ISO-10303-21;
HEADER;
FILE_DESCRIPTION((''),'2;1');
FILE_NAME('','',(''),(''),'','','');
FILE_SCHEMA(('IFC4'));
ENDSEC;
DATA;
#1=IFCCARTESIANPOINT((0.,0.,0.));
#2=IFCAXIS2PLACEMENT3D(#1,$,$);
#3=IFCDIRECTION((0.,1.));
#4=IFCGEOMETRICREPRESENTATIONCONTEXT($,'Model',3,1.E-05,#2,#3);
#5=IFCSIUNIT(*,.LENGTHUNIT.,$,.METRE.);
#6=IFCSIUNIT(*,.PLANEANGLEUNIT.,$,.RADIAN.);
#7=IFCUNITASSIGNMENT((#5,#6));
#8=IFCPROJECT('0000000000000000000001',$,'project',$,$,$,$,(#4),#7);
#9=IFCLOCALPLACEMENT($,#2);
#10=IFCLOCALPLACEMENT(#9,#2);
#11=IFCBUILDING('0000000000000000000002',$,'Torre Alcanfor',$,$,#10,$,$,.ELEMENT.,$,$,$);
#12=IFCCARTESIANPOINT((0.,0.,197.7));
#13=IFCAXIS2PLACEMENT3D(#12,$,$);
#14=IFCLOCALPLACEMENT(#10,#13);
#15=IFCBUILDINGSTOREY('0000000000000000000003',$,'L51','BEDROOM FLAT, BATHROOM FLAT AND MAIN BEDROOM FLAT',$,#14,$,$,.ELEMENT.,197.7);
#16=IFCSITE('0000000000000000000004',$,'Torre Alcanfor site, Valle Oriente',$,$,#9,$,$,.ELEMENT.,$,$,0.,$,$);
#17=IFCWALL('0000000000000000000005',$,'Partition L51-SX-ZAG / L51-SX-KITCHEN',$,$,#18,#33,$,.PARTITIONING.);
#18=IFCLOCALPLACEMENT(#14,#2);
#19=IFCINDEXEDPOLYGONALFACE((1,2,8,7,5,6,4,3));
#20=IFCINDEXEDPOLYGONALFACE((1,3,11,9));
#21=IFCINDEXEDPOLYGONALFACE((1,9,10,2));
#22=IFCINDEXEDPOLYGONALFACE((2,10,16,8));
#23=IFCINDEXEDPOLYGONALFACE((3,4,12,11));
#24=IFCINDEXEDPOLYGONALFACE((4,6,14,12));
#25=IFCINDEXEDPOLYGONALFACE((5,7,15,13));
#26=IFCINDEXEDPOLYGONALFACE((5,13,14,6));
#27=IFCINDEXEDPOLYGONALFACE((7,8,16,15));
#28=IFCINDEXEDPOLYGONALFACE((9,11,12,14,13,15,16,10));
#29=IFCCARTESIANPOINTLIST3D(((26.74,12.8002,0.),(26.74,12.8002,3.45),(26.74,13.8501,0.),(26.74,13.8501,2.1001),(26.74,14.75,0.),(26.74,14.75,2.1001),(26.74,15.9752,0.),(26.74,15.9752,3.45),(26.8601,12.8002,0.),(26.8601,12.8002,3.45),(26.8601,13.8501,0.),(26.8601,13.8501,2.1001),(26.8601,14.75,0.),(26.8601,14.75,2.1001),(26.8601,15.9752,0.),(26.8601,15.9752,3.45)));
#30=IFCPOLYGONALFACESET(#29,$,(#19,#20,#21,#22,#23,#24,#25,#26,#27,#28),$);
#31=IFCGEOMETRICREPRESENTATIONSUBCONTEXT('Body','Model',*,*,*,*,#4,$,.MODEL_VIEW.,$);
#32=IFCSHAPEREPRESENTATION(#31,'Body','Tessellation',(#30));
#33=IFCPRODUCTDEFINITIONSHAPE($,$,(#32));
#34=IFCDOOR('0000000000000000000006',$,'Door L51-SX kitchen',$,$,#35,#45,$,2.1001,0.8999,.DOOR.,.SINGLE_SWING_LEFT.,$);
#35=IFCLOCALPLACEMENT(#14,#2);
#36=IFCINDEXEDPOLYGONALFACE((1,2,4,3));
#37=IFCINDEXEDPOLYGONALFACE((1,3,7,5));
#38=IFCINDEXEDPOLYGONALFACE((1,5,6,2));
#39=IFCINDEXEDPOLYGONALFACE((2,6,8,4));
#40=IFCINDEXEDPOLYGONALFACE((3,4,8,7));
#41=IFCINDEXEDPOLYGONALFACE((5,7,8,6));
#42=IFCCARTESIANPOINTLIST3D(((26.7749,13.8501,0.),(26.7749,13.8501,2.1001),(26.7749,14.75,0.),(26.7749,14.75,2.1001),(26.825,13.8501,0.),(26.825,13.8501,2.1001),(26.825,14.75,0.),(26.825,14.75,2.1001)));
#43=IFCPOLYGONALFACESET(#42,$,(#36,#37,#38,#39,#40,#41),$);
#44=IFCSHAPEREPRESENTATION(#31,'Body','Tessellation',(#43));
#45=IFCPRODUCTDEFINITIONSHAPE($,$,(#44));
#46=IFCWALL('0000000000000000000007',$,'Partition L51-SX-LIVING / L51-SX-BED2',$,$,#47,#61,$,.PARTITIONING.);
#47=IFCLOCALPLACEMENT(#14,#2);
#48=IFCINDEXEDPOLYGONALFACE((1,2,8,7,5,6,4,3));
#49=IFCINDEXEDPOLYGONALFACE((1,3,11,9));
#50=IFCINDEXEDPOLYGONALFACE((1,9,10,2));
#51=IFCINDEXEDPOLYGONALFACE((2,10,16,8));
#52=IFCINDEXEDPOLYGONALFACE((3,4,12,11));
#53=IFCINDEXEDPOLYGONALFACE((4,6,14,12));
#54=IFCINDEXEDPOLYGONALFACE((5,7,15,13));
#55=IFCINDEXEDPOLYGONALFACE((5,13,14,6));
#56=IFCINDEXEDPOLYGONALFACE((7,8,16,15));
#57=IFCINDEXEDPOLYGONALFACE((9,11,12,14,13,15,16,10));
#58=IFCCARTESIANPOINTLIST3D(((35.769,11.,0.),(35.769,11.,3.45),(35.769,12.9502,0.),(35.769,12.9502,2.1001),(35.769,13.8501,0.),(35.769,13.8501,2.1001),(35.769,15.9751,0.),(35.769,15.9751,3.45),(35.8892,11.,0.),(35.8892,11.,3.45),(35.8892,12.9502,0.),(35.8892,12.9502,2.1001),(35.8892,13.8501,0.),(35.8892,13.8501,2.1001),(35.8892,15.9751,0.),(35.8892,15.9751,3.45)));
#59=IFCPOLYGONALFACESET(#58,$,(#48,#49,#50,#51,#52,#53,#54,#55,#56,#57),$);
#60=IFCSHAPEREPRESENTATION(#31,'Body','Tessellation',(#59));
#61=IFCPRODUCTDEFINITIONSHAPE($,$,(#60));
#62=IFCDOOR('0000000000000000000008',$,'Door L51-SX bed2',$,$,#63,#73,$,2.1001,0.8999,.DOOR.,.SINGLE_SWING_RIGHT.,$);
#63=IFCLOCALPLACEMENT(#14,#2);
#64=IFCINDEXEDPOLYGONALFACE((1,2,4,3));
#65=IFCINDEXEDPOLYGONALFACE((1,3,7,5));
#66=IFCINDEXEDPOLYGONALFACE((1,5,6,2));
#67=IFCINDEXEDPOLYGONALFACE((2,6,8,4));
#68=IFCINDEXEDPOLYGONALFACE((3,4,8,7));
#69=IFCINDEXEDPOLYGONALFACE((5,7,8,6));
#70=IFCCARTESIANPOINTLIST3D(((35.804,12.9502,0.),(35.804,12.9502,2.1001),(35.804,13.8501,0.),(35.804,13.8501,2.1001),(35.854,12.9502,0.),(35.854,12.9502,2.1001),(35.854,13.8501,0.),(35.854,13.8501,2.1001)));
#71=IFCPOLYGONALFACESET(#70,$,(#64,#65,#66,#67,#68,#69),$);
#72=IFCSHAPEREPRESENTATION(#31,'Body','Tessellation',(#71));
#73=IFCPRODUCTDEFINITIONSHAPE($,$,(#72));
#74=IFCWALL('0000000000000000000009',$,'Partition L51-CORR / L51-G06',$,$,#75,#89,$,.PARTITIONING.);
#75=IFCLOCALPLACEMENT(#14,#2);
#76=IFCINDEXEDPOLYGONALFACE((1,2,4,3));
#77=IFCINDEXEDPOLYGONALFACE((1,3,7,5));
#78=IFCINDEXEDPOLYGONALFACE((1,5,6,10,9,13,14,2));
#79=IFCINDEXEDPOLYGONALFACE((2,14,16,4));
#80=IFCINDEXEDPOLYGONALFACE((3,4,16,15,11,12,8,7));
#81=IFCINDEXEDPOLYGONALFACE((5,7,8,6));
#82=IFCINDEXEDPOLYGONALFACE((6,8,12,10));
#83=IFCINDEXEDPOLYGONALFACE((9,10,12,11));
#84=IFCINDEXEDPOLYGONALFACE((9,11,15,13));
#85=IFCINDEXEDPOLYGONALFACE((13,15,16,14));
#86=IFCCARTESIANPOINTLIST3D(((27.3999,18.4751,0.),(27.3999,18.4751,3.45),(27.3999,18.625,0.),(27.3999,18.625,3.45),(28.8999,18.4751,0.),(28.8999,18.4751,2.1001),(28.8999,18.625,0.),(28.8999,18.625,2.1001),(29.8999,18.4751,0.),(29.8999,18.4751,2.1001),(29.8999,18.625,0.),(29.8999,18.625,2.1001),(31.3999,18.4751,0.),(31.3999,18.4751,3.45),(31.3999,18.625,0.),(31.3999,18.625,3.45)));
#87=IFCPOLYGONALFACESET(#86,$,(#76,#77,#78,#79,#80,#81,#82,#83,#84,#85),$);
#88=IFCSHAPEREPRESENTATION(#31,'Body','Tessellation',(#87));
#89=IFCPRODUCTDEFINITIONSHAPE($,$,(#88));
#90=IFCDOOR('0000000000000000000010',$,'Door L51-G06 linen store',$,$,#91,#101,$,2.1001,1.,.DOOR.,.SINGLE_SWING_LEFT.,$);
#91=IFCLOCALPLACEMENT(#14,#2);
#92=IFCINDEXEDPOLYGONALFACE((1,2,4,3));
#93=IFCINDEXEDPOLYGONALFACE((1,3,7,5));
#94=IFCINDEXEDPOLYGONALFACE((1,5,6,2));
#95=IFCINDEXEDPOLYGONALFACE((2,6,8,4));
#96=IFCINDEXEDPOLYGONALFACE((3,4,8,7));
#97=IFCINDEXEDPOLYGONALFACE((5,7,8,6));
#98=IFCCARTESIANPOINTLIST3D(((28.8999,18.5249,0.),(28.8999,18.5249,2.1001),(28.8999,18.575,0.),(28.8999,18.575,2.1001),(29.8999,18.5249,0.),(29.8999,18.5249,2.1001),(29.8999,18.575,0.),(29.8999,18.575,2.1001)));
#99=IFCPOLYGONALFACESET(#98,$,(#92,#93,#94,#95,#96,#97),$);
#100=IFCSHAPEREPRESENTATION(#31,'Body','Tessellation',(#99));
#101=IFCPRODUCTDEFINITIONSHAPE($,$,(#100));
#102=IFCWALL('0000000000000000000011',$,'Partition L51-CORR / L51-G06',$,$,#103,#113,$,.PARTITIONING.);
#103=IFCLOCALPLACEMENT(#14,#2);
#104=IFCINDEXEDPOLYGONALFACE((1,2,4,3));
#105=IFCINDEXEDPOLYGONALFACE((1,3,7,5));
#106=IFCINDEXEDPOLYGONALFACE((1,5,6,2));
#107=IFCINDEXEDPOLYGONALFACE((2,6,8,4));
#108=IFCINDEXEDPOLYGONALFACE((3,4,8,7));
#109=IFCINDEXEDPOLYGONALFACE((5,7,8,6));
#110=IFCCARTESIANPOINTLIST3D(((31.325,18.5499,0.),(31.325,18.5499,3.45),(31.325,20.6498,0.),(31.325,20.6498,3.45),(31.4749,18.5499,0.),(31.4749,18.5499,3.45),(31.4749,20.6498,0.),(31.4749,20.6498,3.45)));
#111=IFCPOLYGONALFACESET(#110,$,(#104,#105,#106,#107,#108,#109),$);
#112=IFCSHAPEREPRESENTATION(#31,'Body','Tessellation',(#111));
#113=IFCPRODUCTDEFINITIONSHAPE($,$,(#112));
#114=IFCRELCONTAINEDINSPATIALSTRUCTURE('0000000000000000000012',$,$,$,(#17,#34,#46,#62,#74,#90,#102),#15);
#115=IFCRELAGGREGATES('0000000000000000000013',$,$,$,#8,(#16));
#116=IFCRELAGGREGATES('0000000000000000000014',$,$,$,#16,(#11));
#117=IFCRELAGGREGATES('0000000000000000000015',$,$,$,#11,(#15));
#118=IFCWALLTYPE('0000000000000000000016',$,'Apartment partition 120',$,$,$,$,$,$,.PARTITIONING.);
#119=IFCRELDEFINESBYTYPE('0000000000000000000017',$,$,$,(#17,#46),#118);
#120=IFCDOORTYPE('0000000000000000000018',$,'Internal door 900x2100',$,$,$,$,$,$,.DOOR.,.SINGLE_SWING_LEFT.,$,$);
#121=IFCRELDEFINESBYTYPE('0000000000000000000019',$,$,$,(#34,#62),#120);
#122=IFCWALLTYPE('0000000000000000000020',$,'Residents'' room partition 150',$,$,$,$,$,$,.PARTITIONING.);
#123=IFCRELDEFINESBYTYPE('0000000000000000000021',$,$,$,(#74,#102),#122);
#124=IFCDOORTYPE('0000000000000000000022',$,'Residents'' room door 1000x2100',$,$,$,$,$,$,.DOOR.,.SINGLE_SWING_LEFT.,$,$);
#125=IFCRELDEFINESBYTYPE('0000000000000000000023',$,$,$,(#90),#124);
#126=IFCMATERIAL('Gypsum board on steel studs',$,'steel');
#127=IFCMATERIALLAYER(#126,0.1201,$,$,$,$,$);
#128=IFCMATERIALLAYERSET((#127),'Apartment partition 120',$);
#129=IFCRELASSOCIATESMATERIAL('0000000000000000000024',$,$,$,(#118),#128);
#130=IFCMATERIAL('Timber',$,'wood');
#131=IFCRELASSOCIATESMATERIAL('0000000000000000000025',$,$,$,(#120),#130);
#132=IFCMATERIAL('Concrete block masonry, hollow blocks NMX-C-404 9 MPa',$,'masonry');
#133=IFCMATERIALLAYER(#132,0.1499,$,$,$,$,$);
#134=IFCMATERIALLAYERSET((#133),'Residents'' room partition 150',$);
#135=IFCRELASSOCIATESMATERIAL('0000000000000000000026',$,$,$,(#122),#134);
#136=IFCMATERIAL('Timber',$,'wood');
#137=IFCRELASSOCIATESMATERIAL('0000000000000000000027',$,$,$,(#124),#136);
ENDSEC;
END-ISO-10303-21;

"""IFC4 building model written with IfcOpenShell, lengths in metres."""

from ifc_helpers import new_model, si_unit, direction, frame, frame_2d, origin, place, context, subcontext, project, spatial, rectangle, extrude, material, layer, layer_set, type_object, element, fill, save


model = new_model("IFC4")

# Units and contexts
model_context = context("Model", 3, precision=1e-05, world=origin(), true_north=direction((0.0, 1.0)))
body_context = subcontext(model_context, "Body", "Model", "MODEL_VIEW")
ifc_project = project(units=[si_unit("LENGTHUNIT", "METRE"), si_unit("PLANEANGLEUNIT", "RADIAN")], contexts=[model_context])

# Site, building, storey
site_placement = place(None, origin())
site = spatial("IfcSite", under=ifc_project, at=site_placement, Name="Torre Alcanfor site, Valle Oriente", CompositionType="ELEMENT", RefElevation=0.0)
building_placement = place(site_placement, origin())
building = spatial("IfcBuilding", under=site, at=building_placement, Name="Torre Alcanfor", CompositionType="ELEMENT")
storey_placement = place(building_placement, frame((0.0, 0.0, 197.7)))
storey = spatial("IfcBuildingStorey", under=building, at=storey_placement, Name="L51", Description="BEDROOM FLAT, BATHROOM FLAT AND MAIN BEDROOM FLAT", CompositionType="ELEMENT", Elevation=197.7)

# Walls, openings, doors
ifc_material_1 = material(Name="Gypsum board on steel studs", Category="steel")
ifc_layer_1 = layer(ifc_material_1, 0.1201)
ifc_layer_set_1 = layer_set([ifc_layer_1], Name="Apartment partition 120")
wall_type_1 = type_object("IfcWallType", Name="Apartment partition 120", PredefinedType="PARTITIONING", material=ifc_layer_set_1)
wall_1_placement = place(storey_placement, frame((26.8, 15.9751, 0.0), z_axis=(0.0, 0.0, 1.0), x_axis=(0.0, -1.0, 0.0)))
wall_1 = element("IfcWall", 1, at=wall_1_placement, inside=storey, type_object=wall_type_1, Name="Partition L51-SX-ZAG / L51-SX-KITCHEN", PredefinedType="PARTITIONING", context=body_context, shape_type="SweptSolid", body=[
    extrude(rectangle(XDim=3.175, YDim=0.1201, at=frame_2d((1.5874, 0.0))), origin(), (0.0, 0.0, 1.0), 3.45),
])
opening_1_placement = place(wall_1_placement, frame((1.2251, 0.0, 0.0)))
opening_1 = element("IfcOpeningElement", 2, at=opening_1_placement, cuts=wall_1, PredefinedType="OPENING", context=body_context, shape_type="SweptSolid", body=[
    extrude(rectangle(XDim=0.8999, YDim=2.1001, at=frame_2d((0.45, 1.05))), frame((0.0, 0.0701, 0.0), z_axis=(0.0, -1.0, 0.0), x_axis=(1.0, 0.0, 0.0)), (0.0, 0.0, 1.0), 0.1401),
])
ifc_material_2 = material(Name="Timber", Category="wood")
door_type_1 = type_object("IfcDoorType", Name="Internal door 900x2100", OperationType="SINGLE_SWING_LEFT", PredefinedType="DOOR", material=ifc_material_2)
door_1_placement = place(opening_1_placement, frame((0.8999, 0.0, 0.0), z_axis=(0.0, 0.0, 1.0), x_axis=(-1.0, 0.0, 0.0)))
door_1 = element("IfcDoor", 3, at=door_1_placement, inside=storey, type_object=door_type_1, Name="Door L51-SX kitchen", OperationType="SINGLE_SWING_LEFT", OverallHeight=2.1001, OverallWidth=0.8999, PredefinedType="DOOR", context=body_context, shape_type="SweptSolid", body=[
    extrude(rectangle(XDim=0.8999, YDim=2.1001, at=frame_2d((0.45, 1.05))), frame((0.0, 0.0251, 0.0), z_axis=(0.0, -1.0, 0.0), x_axis=(1.0, 0.0, 0.0)), (0.0, 0.0, 1.0), 0.05),
])
fill(opening_1, door_1)
wall_2_placement = place(storey_placement, frame((35.8291, 15.9751, 0.0), z_axis=(0.0, 0.0, 1.0), x_axis=(0.0, -1.0, 0.0)))
wall_2 = element("IfcWall", 4, at=wall_2_placement, inside=storey, type_object=wall_type_1, Name="Partition L51-SX-LIVING / L51-SX-BED2", PredefinedType="PARTITIONING", context=body_context, shape_type="SweptSolid", body=[
    extrude(rectangle(XDim=4.9751, YDim=0.1201, at=frame_2d((2.4875, 0.0))), origin(), (0.0, 0.0, 1.0), 3.45),
])
opening_2_placement = place(wall_2_placement, frame((2.125, 0.0, 0.0)))
opening_2 = element("IfcOpeningElement", 5, at=opening_2_placement, cuts=wall_2, PredefinedType="OPENING", context=body_context, shape_type="SweptSolid", body=[
    extrude(rectangle(XDim=0.8999, YDim=2.1001, at=frame_2d((0.45, 1.05))), frame((0.0, 0.0701, 0.0), z_axis=(0.0, -1.0, 0.0), x_axis=(1.0, 0.0, 0.0)), (0.0, 0.0, 1.0), 0.1401),
])
door_2_placement = place(opening_2_placement, origin())
door_2 = element("IfcDoor", 6, at=door_2_placement, inside=storey, type_object=door_type_1, Name="Door L51-SX bed2", OperationType="SINGLE_SWING_RIGHT", OverallHeight=2.1001, OverallWidth=0.8999, PredefinedType="DOOR", context=body_context, shape_type="SweptSolid", body=[
    extrude(rectangle(XDim=0.8999, YDim=2.1001, at=frame_2d((0.45, 1.05))), frame((0.0, 0.0249, 0.0), z_axis=(0.0, -1.0, 0.0), x_axis=(1.0, 0.0, 0.0)), (0.0, 0.0, 1.0), 0.05),
])
fill(opening_2, door_2)
ifc_material_3 = material(Name="Concrete block masonry, hollow blocks NMX-C-404 9 MPa", Category="masonry")
ifc_layer_2 = layer(ifc_material_3, 0.1499)
ifc_layer_set_2 = layer_set([ifc_layer_2], Name="Residents' room partition 150")
wall_type_2 = type_object("IfcWallType", Name="Residents' room partition 150", PredefinedType="PARTITIONING", material=ifc_layer_set_2)
wall_3_placement = place(storey_placement, frame((27.3999, 18.55, 0.0), z_axis=(0.0, 0.0, 1.0), x_axis=(1.0, 0.0, 0.0)))
wall_3 = element("IfcWall", 7, at=wall_3_placement, inside=storey, type_object=wall_type_2, Name="Partition L51-CORR / L51-G06", PredefinedType="PARTITIONING", context=body_context, shape_type="SweptSolid", body=[
    extrude(rectangle(XDim=4.0, YDim=0.1499, at=frame_2d((2.0, 0.0))), origin(), (0.0, 0.0, 1.0), 3.45),
])
opening_3_placement = place(wall_3_placement, frame((1.5, 0.0, 0.0)))
opening_3 = element("IfcOpeningElement", 8, at=opening_3_placement, cuts=wall_3, PredefinedType="OPENING", context=body_context, shape_type="SweptSolid", body=[
    extrude(rectangle(XDim=1.0, YDim=2.1001, at=frame_2d((0.5, 1.05))), frame((0.0, 0.085, 0.0), z_axis=(0.0, -1.0, 0.0), x_axis=(1.0, 0.0, 0.0)), (0.0, 0.0, 1.0), 0.1699),
])
ifc_material_4 = material(Name="Timber", Category="wood")
door_type_2 = type_object("IfcDoorType", Name="Residents' room door 1000x2100", OperationType="SINGLE_SWING_LEFT", PredefinedType="DOOR", material=ifc_material_4)
door_3_placement = place(opening_3_placement, origin())
door_3 = element("IfcDoor", 9, at=door_3_placement, inside=storey, type_object=door_type_2, Name="Door L51-G06 linen store", OperationType="SINGLE_SWING_LEFT", OverallHeight=2.1001, OverallWidth=1.0, PredefinedType="DOOR", context=body_context, shape_type="SweptSolid", body=[
    extrude(rectangle(XDim=1.0, YDim=2.1001, at=frame_2d((0.5, 1.05))), frame((0.0, 0.0249, 0.0), z_axis=(0.0, -1.0, 0.0), x_axis=(1.0, 0.0, 0.0)), (0.0, 0.0, 1.0), 0.05),
])
fill(opening_3, door_3)

# Wall
wall_4_placement = place(storey_placement, frame((31.3999, 18.55, 0.0), z_axis=(0.0, 0.0, 1.0), x_axis=(0.0, 1.0, 0.0)))
element("IfcWall", 10, at=wall_4_placement, inside=storey, type_object=wall_type_2, Name="Partition L51-CORR / L51-G06", PredefinedType="PARTITIONING", context=body_context, shape_type="SweptSolid", body=[
    extrude(rectangle(XDim=2.0999, YDim=0.1499, at=frame_2d((1.0498, 0.0))), origin(), (0.0, 0.0, 1.0), 3.45),
])

save(model, "model.ifc")
